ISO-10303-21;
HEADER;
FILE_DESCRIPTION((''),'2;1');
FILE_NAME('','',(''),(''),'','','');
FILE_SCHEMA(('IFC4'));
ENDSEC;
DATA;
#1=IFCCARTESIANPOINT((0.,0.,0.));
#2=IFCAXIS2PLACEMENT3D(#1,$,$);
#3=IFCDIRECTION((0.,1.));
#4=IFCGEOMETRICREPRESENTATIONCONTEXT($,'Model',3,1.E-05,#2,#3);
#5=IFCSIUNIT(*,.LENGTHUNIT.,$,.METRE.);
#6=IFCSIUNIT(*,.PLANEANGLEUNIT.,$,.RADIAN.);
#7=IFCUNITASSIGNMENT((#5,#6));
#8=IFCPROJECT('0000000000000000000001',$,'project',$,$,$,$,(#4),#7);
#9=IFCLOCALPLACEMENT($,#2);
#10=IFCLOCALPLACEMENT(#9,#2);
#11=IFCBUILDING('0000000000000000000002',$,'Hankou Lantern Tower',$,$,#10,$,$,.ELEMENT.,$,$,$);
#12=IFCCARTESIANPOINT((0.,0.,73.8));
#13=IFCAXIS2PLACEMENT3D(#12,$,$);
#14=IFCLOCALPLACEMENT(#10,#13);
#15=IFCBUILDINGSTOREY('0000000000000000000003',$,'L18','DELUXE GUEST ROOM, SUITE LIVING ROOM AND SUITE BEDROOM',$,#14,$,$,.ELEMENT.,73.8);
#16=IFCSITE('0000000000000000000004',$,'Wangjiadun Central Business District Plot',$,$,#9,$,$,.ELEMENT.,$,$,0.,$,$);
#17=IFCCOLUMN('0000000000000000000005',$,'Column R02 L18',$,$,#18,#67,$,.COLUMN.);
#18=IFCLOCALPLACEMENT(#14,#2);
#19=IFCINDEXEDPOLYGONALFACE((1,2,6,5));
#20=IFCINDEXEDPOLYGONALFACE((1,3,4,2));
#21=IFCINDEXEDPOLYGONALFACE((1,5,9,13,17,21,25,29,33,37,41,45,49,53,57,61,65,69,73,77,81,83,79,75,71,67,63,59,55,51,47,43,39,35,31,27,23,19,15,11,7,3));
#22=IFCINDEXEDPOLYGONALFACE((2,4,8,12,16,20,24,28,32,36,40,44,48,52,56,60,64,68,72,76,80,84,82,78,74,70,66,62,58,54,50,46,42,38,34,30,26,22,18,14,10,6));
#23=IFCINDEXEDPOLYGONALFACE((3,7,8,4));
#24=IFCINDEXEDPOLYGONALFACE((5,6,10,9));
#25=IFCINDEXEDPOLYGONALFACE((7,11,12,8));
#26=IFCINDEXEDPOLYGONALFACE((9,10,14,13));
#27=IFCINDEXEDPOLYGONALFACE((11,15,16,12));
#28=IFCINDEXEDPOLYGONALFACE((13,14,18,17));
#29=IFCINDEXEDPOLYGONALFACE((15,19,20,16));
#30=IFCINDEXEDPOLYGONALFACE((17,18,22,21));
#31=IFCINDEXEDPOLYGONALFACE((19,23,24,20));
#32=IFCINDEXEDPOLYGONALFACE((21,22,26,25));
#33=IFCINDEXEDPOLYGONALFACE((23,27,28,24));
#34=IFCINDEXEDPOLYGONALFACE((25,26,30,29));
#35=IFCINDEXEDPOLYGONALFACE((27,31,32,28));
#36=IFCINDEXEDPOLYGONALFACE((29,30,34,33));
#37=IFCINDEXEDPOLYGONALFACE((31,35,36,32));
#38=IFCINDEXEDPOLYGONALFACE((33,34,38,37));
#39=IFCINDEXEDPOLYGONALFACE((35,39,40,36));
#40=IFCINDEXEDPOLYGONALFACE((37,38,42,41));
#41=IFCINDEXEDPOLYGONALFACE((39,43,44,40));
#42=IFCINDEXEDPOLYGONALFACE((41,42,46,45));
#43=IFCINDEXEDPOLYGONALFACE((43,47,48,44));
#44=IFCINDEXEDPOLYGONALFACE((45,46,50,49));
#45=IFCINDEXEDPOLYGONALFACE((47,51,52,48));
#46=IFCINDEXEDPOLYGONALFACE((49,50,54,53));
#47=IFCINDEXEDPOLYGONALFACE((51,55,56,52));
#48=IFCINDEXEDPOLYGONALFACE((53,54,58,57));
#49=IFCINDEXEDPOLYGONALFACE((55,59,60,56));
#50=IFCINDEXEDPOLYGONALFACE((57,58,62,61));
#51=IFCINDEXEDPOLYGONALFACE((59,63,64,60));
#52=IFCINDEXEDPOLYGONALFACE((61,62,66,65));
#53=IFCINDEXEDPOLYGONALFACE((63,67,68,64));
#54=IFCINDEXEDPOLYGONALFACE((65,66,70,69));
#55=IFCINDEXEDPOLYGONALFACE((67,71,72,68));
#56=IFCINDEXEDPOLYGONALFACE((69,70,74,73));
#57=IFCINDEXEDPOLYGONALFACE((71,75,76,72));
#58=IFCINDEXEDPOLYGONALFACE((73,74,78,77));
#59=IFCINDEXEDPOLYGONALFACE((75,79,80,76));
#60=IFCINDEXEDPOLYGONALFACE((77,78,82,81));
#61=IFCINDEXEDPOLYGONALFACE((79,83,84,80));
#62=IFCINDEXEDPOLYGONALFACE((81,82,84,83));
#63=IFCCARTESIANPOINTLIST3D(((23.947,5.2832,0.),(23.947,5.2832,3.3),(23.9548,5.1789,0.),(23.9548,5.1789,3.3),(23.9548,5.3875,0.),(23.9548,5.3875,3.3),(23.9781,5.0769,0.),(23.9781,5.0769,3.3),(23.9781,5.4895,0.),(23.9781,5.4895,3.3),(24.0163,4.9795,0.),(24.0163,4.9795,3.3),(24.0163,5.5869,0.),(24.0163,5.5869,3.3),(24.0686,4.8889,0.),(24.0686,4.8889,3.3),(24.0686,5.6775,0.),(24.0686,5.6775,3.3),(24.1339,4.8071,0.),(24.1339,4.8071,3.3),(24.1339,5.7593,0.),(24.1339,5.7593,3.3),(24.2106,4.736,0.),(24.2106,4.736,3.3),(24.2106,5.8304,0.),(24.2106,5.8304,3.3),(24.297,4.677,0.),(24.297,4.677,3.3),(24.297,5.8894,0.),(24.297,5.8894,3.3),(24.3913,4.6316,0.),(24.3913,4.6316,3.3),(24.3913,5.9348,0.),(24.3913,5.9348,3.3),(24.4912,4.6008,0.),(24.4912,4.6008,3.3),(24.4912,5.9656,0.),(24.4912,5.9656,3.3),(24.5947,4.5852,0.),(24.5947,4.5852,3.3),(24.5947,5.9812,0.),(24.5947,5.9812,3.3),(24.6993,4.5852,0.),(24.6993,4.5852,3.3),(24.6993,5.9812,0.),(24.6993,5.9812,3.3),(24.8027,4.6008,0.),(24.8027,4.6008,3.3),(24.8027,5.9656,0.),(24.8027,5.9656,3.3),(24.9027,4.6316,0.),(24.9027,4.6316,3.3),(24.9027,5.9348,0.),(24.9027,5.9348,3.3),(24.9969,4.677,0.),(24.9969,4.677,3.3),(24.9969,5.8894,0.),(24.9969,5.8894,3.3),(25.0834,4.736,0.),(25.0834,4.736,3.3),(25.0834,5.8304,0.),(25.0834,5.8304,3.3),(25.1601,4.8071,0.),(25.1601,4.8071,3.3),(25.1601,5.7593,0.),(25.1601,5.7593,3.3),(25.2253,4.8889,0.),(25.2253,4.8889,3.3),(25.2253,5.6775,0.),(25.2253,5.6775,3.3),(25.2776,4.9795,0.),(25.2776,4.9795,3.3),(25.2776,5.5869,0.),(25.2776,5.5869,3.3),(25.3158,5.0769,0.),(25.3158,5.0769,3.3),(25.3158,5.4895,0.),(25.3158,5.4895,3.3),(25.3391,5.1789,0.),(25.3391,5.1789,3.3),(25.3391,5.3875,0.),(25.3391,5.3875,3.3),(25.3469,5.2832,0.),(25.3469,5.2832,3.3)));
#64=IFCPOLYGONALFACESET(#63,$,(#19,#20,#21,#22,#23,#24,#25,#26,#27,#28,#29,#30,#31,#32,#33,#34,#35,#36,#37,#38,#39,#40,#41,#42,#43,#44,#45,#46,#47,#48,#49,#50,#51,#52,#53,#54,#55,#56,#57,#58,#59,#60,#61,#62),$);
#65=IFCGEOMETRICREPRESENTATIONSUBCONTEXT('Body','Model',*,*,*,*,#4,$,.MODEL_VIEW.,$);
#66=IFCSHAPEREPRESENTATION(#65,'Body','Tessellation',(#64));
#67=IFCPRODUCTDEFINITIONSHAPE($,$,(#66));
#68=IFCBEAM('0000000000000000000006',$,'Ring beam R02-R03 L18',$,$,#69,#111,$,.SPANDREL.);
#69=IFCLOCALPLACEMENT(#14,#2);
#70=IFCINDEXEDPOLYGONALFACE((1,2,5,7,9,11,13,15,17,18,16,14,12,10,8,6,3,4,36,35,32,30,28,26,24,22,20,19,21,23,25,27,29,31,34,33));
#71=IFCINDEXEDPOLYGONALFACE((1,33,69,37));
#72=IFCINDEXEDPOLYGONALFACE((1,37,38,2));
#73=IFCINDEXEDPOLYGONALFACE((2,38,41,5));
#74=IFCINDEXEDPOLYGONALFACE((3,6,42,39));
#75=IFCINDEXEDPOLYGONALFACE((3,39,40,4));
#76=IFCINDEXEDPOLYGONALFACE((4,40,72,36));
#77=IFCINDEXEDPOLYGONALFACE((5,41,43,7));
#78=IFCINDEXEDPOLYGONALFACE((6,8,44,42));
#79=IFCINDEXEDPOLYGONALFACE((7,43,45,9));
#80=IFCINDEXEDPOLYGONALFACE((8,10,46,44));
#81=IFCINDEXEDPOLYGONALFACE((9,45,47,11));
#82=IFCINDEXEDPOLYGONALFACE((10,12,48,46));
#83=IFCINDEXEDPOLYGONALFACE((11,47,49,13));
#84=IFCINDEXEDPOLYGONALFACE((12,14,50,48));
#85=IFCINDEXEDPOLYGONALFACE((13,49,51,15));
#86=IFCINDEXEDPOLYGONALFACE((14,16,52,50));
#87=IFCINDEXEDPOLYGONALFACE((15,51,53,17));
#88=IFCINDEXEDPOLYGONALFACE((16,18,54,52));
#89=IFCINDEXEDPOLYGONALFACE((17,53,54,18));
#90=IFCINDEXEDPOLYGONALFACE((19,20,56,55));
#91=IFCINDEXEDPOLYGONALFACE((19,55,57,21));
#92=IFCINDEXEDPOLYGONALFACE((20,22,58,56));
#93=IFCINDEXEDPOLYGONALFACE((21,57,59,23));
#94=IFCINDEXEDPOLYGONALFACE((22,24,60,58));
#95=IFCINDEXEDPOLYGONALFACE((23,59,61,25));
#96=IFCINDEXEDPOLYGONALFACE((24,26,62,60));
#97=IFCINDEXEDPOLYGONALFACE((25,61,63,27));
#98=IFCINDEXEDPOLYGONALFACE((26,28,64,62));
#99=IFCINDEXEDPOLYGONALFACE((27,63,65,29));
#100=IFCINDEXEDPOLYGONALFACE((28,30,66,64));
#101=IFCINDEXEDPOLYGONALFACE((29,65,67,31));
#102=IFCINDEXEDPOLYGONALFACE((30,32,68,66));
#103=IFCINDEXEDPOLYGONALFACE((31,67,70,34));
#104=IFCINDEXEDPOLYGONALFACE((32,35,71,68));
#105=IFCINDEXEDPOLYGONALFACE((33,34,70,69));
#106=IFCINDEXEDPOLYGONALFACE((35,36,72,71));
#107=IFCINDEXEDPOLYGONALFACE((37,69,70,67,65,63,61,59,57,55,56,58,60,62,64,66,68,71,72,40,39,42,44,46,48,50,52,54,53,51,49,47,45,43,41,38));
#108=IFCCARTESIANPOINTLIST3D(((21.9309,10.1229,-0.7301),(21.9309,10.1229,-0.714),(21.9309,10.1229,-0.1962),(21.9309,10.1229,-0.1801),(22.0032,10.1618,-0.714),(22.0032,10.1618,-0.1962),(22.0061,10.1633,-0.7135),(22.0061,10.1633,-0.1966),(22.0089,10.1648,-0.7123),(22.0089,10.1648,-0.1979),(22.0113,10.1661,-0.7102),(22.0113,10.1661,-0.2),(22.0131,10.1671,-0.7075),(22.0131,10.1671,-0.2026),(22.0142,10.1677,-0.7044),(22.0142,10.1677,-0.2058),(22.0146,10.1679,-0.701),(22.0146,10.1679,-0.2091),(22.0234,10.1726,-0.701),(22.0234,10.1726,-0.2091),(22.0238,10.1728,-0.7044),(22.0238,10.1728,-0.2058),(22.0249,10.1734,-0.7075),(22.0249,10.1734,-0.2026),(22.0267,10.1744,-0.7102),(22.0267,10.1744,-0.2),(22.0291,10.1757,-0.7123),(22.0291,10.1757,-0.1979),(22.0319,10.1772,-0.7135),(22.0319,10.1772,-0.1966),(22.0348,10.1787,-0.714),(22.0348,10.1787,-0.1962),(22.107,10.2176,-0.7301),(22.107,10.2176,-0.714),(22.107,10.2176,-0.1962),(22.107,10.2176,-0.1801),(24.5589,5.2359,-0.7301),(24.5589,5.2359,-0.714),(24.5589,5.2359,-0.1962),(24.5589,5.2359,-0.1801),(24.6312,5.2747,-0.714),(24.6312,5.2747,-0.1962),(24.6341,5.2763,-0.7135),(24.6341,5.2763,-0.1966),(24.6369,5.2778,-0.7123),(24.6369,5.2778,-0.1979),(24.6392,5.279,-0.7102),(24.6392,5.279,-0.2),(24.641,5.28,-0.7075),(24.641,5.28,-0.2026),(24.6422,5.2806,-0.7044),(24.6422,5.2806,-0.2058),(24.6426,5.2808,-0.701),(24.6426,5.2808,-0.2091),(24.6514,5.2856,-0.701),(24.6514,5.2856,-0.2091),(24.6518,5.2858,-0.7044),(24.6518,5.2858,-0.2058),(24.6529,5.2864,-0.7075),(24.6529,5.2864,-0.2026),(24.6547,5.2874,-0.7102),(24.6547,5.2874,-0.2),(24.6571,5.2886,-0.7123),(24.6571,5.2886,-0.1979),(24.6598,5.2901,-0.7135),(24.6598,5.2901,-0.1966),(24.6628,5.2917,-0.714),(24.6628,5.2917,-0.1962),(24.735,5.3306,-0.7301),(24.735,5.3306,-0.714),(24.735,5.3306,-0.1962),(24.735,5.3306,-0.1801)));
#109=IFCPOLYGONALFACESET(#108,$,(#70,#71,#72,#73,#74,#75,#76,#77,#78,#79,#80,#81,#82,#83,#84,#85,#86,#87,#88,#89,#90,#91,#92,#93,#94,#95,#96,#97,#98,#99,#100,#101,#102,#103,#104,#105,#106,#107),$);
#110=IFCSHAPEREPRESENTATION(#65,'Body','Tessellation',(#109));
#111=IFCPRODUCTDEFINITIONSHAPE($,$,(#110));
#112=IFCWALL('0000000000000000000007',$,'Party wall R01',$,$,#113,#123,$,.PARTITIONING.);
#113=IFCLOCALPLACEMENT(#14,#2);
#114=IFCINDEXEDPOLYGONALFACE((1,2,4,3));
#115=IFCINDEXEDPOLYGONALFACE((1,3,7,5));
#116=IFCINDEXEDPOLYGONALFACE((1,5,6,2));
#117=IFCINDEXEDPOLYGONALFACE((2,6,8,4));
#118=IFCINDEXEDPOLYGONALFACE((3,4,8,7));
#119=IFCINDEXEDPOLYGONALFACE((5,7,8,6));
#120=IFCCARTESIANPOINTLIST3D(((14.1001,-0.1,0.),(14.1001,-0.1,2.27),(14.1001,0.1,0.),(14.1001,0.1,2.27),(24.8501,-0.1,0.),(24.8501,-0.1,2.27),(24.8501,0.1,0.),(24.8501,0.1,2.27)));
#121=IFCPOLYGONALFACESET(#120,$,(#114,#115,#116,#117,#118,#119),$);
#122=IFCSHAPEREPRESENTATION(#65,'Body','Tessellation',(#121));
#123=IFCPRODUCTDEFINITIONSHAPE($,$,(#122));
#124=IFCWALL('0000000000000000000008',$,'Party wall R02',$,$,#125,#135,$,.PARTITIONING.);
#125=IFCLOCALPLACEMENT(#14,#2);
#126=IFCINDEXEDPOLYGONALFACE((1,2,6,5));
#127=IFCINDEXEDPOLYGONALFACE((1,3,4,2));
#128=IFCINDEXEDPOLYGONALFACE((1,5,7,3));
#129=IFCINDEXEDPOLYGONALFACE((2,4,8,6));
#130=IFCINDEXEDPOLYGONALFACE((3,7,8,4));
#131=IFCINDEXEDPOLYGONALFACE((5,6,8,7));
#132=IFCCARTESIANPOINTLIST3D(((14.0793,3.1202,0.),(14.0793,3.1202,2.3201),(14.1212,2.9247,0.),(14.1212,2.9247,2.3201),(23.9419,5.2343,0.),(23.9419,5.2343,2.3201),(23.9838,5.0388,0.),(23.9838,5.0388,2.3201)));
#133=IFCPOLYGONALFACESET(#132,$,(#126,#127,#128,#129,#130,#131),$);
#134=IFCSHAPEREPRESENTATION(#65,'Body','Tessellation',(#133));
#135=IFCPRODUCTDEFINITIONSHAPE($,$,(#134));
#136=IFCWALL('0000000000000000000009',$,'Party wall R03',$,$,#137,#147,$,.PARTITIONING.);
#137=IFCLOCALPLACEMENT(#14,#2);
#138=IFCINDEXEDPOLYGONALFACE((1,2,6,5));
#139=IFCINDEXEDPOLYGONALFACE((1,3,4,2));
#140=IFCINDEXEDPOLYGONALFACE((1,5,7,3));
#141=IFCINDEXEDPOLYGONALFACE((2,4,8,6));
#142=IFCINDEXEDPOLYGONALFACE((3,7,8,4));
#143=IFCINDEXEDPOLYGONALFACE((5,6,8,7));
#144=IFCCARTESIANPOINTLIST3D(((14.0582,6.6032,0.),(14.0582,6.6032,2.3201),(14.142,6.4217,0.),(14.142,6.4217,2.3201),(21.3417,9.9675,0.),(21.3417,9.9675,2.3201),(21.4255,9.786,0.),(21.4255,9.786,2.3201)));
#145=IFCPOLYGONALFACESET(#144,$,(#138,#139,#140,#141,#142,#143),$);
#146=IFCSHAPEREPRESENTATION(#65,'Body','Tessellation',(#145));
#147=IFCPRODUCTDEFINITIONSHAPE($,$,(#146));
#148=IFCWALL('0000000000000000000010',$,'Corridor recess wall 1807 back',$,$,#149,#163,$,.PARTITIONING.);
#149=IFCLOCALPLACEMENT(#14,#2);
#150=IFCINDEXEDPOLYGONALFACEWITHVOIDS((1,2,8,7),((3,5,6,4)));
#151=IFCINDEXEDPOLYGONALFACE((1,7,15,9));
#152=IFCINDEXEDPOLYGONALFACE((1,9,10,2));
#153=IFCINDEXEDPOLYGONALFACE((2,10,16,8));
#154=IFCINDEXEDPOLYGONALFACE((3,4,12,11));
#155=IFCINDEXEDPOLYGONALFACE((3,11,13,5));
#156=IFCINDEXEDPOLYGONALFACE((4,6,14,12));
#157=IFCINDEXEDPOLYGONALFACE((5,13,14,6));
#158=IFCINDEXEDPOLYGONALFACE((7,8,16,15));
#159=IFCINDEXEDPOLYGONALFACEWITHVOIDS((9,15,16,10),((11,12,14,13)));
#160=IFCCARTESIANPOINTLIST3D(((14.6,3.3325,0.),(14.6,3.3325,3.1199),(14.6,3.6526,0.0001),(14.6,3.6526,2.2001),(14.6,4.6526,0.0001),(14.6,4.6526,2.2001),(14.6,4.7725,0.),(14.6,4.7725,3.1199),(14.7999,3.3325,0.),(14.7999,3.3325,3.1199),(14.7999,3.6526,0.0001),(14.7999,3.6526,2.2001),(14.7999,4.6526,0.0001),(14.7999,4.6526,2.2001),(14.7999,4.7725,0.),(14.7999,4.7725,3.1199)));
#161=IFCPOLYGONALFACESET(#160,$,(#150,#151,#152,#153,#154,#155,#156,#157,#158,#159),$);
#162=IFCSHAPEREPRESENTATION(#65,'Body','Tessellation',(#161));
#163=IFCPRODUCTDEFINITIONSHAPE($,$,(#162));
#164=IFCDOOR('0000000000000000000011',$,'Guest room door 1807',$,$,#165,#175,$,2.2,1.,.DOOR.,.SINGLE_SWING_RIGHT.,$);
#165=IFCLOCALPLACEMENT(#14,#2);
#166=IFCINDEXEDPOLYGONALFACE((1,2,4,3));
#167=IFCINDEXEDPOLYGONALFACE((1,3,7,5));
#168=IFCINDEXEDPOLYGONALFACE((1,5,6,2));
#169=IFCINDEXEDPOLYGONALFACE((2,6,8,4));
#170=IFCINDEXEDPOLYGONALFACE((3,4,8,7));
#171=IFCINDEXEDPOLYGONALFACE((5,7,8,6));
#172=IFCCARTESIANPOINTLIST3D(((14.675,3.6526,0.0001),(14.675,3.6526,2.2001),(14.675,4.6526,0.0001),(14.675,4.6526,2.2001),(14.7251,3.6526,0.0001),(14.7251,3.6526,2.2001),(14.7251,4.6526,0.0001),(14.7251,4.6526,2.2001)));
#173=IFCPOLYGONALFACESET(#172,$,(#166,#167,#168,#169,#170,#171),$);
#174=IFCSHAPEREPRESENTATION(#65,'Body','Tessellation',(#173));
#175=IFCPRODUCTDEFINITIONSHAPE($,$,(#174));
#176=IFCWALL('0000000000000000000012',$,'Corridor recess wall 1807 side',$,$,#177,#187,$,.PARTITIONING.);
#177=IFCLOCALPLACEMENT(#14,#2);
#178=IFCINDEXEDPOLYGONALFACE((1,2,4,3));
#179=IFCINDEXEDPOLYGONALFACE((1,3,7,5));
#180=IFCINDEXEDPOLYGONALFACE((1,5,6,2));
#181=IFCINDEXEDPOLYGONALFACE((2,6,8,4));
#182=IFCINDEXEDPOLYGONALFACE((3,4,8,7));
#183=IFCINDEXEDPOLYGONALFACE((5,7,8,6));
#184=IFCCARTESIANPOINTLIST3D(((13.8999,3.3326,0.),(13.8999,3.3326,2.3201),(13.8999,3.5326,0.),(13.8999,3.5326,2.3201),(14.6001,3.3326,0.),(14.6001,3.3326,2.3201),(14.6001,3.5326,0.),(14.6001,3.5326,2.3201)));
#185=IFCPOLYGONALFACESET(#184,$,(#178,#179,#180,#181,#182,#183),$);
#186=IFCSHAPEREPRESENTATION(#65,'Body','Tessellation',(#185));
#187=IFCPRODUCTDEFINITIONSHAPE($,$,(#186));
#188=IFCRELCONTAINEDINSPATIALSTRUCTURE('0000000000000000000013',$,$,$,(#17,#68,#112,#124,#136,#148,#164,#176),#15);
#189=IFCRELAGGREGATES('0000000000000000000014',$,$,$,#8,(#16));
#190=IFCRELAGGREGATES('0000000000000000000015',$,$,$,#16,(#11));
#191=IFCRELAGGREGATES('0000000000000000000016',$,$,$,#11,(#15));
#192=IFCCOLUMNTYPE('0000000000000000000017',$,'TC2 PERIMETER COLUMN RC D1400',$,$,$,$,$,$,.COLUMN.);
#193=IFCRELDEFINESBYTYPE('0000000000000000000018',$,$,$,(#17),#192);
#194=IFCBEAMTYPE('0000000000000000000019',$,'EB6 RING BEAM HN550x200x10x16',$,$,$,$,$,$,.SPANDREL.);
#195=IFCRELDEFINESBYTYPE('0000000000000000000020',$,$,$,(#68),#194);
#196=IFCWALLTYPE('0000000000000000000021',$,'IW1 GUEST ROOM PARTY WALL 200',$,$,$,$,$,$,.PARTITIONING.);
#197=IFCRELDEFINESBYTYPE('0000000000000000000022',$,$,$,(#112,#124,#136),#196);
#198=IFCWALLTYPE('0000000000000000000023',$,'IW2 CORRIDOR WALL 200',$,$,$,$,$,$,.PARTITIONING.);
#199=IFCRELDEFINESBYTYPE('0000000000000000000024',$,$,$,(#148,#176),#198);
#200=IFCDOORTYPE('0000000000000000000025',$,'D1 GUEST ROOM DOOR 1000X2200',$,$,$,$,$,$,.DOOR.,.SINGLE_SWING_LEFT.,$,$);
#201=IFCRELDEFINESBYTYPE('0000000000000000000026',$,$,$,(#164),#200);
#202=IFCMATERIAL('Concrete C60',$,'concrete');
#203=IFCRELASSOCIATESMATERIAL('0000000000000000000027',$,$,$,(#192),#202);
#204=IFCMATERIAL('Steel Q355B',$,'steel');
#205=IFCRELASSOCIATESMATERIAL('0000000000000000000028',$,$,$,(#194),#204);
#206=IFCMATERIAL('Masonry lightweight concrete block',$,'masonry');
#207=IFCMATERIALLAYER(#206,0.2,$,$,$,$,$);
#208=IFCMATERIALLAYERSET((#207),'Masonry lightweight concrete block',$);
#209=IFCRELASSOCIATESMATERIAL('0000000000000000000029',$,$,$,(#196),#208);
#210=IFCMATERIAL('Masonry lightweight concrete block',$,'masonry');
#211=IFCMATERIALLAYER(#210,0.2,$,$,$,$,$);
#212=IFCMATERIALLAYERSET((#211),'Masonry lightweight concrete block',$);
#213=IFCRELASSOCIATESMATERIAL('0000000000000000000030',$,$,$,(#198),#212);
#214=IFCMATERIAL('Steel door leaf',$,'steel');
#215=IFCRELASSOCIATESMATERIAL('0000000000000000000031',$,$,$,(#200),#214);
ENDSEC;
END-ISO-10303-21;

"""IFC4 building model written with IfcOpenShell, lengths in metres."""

from ifc_helpers import new_model, si_unit, direction, frame, frame_2d, origin, origin_2d, place, context, subcontext, project, spatial, rectangle, circle, i_section, extrude, material, layer, layer_set, material_profile, profile_set, type_object, element, fill, save


model = new_model("IFC4")

# Units and contexts
model_context = context("Model", 3, precision=1e-05, world=origin(), true_north=direction((0.0, 1.0)))
body_context = subcontext(model_context, "Body", "Model", "MODEL_VIEW")
ifc_project = project(units=[si_unit("LENGTHUNIT", "METRE"), si_unit("PLANEANGLEUNIT", "RADIAN")], contexts=[model_context])

# Site, building, storey
site_placement = place(None, origin())
site = spatial("IfcSite", under=ifc_project, at=site_placement, Name="Wangjiadun Central Business District Plot", CompositionType="ELEMENT", RefElevation=0.0)
building_placement = place(site_placement, origin())
building = spatial("IfcBuilding", under=site, at=building_placement, Name="Hankou Lantern Tower", CompositionType="ELEMENT")
storey_placement = place(building_placement, frame((0.0, 0.0, 73.8)))
storey = spatial("IfcBuildingStorey", under=building, at=storey_placement, Name="L18", Description="DELUXE GUEST ROOM, SUITE LIVING ROOM AND SUITE BEDROOM", CompositionType="ELEMENT", Elevation=73.8)

# Column
ifc_material_1 = material(Name="Concrete C60", Category="concrete")
ifc_material_profile_1 = material_profile(ifc_material_1, circle(Radius=0.7, at=origin_2d()), Name="RC D1400")
ifc_profile_set_1 = profile_set([ifc_material_profile_1], Name="Concrete C60")
column_type = type_object("IfcColumnType", Name="TC2 PERIMETER COLUMN RC D1400", PredefinedType="COLUMN", material=ifc_profile_set_1)
column_placement = place(storey_placement, frame((24.647, 5.2832, 0.0), z_axis=(0.0, 0.0, 1.0), x_axis=(1.0, 0.0, 0.0)))
element("IfcColumn", 1, at=column_placement, inside=storey, type_object=column_type, Name="Column R02 L18", PredefinedType="COLUMN", context=body_context, shape_type="SweptSolid", body=[
    extrude(circle(Radius=0.7, at=origin_2d()), origin(), (0.0, 0.0, 1.0), 3.3),
])

# Beam
ifc_material_2 = material(Name="Steel Q355B", Category="steel")
ifc_material_profile_2 = material_profile(ifc_material_2, i_section(OverallWidth=0.2, OverallDepth=0.55, WebThickness=0.01, FlangeThickness=0.0161, FilletRadius=0.0129, at=origin_2d()), Name="HN550x200x10x16")
ifc_profile_set_2 = profile_set([ifc_material_profile_2], Name="Steel Q355B")
beam_type = type_object("IfcBeamType", Name="EB6 RING BEAM HN550x200x10x16", PredefinedType="SPANDREL", material=ifc_profile_set_2)
beam_placement = place(storey_placement, frame((24.647, 5.2832, -0.4551), z_axis=(-0.473609, 0.880735, 0.0), x_axis=(-0.880735, -0.473609, 0.0)))
element("IfcBeam", 2, at=beam_placement, inside=storey, type_object=beam_type, Name="Ring beam R02-R03 L18", PredefinedType="SPANDREL", context=body_context, shape_type="SweptSolid", body=[
    extrude(i_section(OverallWidth=0.2, OverallDepth=0.55, WebThickness=0.01, FlangeThickness=0.0161, FilletRadius=0.0129, at=origin_2d()), origin(), (0.0, 0.0, 1.0), 5.5488),
])

# Walls
ifc_material_3 = material(Name="Masonry lightweight concrete block", Category="masonry")
ifc_layer_1 = layer(ifc_material_3, 0.2)
ifc_layer_set_1 = layer_set([ifc_layer_1], Name="Masonry lightweight concrete block")
wall_type_1 = type_object("IfcWallType", Name="IW1 GUEST ROOM PARTY WALL 200", PredefinedType="PARTITIONING", material=ifc_layer_set_1)
wall_1_placement = place(storey_placement, frame((14.1001, 0.0, 0.0), z_axis=(0.0, 0.0, 1.0), x_axis=(1.0, 0.0, 0.0)))
element("IfcWall", 3, at=wall_1_placement, inside=storey, type_object=wall_type_1, Name="Party wall R01", PredefinedType="PARTITIONING", context=body_context, shape_type="SweptSolid", body=[
    extrude(rectangle(XDim=10.75, YDim=0.2, at=frame_2d((5.375, 0.0))), origin(), (0.0, 0.0, 1.0), 2.27),
])
wall_2_placement = place(storey_placement, frame((14.1001, 3.0225, 0.0), z_axis=(0.0, 0.0, 1.0), x_axis=(0.97779, 0.209587, 0.0)))
element("IfcWall", 4, at=wall_2_placement, inside=storey, type_object=wall_type_1, Name="Party wall R02", PredefinedType="PARTITIONING", context=body_context, shape_type="SweptSolid", body=[
    extrude(rectangle(XDim=10.0867, YDim=0.2, at=frame_2d((5.0435, 0.0))), origin(), (0.0, 0.0, 1.0), 2.3201),
])
wall_3_placement = place(storey_placement, frame((14.1001, 6.5125, 0.0), z_axis=(0.0, 0.0, 1.0), x_axis=(0.907833, 0.419332, 0.0)))
element("IfcWall", 5, at=wall_3_placement, inside=storey, type_object=wall_type_1, Name="Party wall R03", PredefinedType="PARTITIONING", context=body_context, shape_type="SweptSolid", body=[
    extrude(rectangle(XDim=8.0229, YDim=0.2, at=frame_2d((4.0115, 0.0))), origin(), (0.0, 0.0, 1.0), 2.3201),
])

# Wall, opening, door
ifc_material_4 = material(Name="Masonry lightweight concrete block", Category="masonry")
ifc_layer_2 = layer(ifc_material_4, 0.2)
ifc_layer_set_2 = layer_set([ifc_layer_2], Name="Masonry lightweight concrete block")
wall_type_2 = type_object("IfcWallType", Name="IW2 CORRIDOR WALL 200", PredefinedType="PARTITIONING", material=ifc_layer_set_2)
wall_4_placement = place(storey_placement, frame((14.7, 3.3325, 0.0), z_axis=(0.0, 0.0, 1.0), x_axis=(0.0, 1.0, 0.0)))
wall_4 = element("IfcWall", 6, at=wall_4_placement, inside=storey, type_object=wall_type_2, Name="Corridor recess wall 1807 back", PredefinedType="PARTITIONING", context=body_context, shape_type="SweptSolid", body=[
    extrude(rectangle(XDim=1.4399, YDim=0.2, at=frame_2d((0.72, 0.0))), origin(), (0.0, 0.0, 1.0), 3.1199),
])
opening_1_placement = place(wall_4_placement, frame((0.3201, 0.0, 0.0)))
opening_1 = element("IfcOpeningElement", 7, at=opening_1_placement, cuts=wall_4, PredefinedType="OPENING", context=body_context, shape_type="SweptSolid", body=[
    extrude(rectangle(XDim=1.0, YDim=2.2, at=frame_2d((0.5, 1.1001))), frame((0.0, 0.1099, 0.0), z_axis=(0.0, -1.0, 0.0), x_axis=(1.0, 0.0, 0.0)), (0.0, 0.0, 1.0), 0.22),
])
ifc_material_5 = material(Name="Steel door leaf", Category="steel")
door_type_1 = type_object("IfcDoorType", Name="D1 GUEST ROOM DOOR 1000X2200", OperationType="SINGLE_SWING_LEFT", PredefinedType="DOOR", material=ifc_material_5)
door_1_placement = place(opening_1_placement, origin())
door_1 = element("IfcDoor", 8, at=door_1_placement, inside=storey, type_object=door_type_1, Name="Guest room door 1807", OperationType="SINGLE_SWING_RIGHT", OverallHeight=2.2, OverallWidth=1.0, PredefinedType="DOOR", context=body_context, shape_type="SweptSolid", body=[
    extrude(rectangle(XDim=1.0, YDim=2.2, at=frame_2d((0.5, 1.1001))), frame((0.0, 0.0249, 0.0), z_axis=(0.0, -1.0, 0.0), x_axis=(1.0, 0.0, 0.0)), (0.0, 0.0, 1.0), 0.05),
])
fill(opening_1, door_1)

# Wall
wall_5_placement = place(storey_placement, frame((13.8999, 3.4326, 0.0), z_axis=(0.0, 0.0, 1.0), x_axis=(1.0, 0.0, 0.0)))
element("IfcWall", 9, at=wall_5_placement, inside=storey, type_object=wall_type_2, Name="Corridor recess wall 1807 side", PredefinedType="PARTITIONING", context=body_context, shape_type="SweptSolid", body=[
    extrude(rectangle(XDim=0.7002, YDim=0.2, at=frame_2d((0.3501, 0.0))), origin(), (0.0, 0.0, 1.0), 2.3201),
])

save(model, "model.ifc")
